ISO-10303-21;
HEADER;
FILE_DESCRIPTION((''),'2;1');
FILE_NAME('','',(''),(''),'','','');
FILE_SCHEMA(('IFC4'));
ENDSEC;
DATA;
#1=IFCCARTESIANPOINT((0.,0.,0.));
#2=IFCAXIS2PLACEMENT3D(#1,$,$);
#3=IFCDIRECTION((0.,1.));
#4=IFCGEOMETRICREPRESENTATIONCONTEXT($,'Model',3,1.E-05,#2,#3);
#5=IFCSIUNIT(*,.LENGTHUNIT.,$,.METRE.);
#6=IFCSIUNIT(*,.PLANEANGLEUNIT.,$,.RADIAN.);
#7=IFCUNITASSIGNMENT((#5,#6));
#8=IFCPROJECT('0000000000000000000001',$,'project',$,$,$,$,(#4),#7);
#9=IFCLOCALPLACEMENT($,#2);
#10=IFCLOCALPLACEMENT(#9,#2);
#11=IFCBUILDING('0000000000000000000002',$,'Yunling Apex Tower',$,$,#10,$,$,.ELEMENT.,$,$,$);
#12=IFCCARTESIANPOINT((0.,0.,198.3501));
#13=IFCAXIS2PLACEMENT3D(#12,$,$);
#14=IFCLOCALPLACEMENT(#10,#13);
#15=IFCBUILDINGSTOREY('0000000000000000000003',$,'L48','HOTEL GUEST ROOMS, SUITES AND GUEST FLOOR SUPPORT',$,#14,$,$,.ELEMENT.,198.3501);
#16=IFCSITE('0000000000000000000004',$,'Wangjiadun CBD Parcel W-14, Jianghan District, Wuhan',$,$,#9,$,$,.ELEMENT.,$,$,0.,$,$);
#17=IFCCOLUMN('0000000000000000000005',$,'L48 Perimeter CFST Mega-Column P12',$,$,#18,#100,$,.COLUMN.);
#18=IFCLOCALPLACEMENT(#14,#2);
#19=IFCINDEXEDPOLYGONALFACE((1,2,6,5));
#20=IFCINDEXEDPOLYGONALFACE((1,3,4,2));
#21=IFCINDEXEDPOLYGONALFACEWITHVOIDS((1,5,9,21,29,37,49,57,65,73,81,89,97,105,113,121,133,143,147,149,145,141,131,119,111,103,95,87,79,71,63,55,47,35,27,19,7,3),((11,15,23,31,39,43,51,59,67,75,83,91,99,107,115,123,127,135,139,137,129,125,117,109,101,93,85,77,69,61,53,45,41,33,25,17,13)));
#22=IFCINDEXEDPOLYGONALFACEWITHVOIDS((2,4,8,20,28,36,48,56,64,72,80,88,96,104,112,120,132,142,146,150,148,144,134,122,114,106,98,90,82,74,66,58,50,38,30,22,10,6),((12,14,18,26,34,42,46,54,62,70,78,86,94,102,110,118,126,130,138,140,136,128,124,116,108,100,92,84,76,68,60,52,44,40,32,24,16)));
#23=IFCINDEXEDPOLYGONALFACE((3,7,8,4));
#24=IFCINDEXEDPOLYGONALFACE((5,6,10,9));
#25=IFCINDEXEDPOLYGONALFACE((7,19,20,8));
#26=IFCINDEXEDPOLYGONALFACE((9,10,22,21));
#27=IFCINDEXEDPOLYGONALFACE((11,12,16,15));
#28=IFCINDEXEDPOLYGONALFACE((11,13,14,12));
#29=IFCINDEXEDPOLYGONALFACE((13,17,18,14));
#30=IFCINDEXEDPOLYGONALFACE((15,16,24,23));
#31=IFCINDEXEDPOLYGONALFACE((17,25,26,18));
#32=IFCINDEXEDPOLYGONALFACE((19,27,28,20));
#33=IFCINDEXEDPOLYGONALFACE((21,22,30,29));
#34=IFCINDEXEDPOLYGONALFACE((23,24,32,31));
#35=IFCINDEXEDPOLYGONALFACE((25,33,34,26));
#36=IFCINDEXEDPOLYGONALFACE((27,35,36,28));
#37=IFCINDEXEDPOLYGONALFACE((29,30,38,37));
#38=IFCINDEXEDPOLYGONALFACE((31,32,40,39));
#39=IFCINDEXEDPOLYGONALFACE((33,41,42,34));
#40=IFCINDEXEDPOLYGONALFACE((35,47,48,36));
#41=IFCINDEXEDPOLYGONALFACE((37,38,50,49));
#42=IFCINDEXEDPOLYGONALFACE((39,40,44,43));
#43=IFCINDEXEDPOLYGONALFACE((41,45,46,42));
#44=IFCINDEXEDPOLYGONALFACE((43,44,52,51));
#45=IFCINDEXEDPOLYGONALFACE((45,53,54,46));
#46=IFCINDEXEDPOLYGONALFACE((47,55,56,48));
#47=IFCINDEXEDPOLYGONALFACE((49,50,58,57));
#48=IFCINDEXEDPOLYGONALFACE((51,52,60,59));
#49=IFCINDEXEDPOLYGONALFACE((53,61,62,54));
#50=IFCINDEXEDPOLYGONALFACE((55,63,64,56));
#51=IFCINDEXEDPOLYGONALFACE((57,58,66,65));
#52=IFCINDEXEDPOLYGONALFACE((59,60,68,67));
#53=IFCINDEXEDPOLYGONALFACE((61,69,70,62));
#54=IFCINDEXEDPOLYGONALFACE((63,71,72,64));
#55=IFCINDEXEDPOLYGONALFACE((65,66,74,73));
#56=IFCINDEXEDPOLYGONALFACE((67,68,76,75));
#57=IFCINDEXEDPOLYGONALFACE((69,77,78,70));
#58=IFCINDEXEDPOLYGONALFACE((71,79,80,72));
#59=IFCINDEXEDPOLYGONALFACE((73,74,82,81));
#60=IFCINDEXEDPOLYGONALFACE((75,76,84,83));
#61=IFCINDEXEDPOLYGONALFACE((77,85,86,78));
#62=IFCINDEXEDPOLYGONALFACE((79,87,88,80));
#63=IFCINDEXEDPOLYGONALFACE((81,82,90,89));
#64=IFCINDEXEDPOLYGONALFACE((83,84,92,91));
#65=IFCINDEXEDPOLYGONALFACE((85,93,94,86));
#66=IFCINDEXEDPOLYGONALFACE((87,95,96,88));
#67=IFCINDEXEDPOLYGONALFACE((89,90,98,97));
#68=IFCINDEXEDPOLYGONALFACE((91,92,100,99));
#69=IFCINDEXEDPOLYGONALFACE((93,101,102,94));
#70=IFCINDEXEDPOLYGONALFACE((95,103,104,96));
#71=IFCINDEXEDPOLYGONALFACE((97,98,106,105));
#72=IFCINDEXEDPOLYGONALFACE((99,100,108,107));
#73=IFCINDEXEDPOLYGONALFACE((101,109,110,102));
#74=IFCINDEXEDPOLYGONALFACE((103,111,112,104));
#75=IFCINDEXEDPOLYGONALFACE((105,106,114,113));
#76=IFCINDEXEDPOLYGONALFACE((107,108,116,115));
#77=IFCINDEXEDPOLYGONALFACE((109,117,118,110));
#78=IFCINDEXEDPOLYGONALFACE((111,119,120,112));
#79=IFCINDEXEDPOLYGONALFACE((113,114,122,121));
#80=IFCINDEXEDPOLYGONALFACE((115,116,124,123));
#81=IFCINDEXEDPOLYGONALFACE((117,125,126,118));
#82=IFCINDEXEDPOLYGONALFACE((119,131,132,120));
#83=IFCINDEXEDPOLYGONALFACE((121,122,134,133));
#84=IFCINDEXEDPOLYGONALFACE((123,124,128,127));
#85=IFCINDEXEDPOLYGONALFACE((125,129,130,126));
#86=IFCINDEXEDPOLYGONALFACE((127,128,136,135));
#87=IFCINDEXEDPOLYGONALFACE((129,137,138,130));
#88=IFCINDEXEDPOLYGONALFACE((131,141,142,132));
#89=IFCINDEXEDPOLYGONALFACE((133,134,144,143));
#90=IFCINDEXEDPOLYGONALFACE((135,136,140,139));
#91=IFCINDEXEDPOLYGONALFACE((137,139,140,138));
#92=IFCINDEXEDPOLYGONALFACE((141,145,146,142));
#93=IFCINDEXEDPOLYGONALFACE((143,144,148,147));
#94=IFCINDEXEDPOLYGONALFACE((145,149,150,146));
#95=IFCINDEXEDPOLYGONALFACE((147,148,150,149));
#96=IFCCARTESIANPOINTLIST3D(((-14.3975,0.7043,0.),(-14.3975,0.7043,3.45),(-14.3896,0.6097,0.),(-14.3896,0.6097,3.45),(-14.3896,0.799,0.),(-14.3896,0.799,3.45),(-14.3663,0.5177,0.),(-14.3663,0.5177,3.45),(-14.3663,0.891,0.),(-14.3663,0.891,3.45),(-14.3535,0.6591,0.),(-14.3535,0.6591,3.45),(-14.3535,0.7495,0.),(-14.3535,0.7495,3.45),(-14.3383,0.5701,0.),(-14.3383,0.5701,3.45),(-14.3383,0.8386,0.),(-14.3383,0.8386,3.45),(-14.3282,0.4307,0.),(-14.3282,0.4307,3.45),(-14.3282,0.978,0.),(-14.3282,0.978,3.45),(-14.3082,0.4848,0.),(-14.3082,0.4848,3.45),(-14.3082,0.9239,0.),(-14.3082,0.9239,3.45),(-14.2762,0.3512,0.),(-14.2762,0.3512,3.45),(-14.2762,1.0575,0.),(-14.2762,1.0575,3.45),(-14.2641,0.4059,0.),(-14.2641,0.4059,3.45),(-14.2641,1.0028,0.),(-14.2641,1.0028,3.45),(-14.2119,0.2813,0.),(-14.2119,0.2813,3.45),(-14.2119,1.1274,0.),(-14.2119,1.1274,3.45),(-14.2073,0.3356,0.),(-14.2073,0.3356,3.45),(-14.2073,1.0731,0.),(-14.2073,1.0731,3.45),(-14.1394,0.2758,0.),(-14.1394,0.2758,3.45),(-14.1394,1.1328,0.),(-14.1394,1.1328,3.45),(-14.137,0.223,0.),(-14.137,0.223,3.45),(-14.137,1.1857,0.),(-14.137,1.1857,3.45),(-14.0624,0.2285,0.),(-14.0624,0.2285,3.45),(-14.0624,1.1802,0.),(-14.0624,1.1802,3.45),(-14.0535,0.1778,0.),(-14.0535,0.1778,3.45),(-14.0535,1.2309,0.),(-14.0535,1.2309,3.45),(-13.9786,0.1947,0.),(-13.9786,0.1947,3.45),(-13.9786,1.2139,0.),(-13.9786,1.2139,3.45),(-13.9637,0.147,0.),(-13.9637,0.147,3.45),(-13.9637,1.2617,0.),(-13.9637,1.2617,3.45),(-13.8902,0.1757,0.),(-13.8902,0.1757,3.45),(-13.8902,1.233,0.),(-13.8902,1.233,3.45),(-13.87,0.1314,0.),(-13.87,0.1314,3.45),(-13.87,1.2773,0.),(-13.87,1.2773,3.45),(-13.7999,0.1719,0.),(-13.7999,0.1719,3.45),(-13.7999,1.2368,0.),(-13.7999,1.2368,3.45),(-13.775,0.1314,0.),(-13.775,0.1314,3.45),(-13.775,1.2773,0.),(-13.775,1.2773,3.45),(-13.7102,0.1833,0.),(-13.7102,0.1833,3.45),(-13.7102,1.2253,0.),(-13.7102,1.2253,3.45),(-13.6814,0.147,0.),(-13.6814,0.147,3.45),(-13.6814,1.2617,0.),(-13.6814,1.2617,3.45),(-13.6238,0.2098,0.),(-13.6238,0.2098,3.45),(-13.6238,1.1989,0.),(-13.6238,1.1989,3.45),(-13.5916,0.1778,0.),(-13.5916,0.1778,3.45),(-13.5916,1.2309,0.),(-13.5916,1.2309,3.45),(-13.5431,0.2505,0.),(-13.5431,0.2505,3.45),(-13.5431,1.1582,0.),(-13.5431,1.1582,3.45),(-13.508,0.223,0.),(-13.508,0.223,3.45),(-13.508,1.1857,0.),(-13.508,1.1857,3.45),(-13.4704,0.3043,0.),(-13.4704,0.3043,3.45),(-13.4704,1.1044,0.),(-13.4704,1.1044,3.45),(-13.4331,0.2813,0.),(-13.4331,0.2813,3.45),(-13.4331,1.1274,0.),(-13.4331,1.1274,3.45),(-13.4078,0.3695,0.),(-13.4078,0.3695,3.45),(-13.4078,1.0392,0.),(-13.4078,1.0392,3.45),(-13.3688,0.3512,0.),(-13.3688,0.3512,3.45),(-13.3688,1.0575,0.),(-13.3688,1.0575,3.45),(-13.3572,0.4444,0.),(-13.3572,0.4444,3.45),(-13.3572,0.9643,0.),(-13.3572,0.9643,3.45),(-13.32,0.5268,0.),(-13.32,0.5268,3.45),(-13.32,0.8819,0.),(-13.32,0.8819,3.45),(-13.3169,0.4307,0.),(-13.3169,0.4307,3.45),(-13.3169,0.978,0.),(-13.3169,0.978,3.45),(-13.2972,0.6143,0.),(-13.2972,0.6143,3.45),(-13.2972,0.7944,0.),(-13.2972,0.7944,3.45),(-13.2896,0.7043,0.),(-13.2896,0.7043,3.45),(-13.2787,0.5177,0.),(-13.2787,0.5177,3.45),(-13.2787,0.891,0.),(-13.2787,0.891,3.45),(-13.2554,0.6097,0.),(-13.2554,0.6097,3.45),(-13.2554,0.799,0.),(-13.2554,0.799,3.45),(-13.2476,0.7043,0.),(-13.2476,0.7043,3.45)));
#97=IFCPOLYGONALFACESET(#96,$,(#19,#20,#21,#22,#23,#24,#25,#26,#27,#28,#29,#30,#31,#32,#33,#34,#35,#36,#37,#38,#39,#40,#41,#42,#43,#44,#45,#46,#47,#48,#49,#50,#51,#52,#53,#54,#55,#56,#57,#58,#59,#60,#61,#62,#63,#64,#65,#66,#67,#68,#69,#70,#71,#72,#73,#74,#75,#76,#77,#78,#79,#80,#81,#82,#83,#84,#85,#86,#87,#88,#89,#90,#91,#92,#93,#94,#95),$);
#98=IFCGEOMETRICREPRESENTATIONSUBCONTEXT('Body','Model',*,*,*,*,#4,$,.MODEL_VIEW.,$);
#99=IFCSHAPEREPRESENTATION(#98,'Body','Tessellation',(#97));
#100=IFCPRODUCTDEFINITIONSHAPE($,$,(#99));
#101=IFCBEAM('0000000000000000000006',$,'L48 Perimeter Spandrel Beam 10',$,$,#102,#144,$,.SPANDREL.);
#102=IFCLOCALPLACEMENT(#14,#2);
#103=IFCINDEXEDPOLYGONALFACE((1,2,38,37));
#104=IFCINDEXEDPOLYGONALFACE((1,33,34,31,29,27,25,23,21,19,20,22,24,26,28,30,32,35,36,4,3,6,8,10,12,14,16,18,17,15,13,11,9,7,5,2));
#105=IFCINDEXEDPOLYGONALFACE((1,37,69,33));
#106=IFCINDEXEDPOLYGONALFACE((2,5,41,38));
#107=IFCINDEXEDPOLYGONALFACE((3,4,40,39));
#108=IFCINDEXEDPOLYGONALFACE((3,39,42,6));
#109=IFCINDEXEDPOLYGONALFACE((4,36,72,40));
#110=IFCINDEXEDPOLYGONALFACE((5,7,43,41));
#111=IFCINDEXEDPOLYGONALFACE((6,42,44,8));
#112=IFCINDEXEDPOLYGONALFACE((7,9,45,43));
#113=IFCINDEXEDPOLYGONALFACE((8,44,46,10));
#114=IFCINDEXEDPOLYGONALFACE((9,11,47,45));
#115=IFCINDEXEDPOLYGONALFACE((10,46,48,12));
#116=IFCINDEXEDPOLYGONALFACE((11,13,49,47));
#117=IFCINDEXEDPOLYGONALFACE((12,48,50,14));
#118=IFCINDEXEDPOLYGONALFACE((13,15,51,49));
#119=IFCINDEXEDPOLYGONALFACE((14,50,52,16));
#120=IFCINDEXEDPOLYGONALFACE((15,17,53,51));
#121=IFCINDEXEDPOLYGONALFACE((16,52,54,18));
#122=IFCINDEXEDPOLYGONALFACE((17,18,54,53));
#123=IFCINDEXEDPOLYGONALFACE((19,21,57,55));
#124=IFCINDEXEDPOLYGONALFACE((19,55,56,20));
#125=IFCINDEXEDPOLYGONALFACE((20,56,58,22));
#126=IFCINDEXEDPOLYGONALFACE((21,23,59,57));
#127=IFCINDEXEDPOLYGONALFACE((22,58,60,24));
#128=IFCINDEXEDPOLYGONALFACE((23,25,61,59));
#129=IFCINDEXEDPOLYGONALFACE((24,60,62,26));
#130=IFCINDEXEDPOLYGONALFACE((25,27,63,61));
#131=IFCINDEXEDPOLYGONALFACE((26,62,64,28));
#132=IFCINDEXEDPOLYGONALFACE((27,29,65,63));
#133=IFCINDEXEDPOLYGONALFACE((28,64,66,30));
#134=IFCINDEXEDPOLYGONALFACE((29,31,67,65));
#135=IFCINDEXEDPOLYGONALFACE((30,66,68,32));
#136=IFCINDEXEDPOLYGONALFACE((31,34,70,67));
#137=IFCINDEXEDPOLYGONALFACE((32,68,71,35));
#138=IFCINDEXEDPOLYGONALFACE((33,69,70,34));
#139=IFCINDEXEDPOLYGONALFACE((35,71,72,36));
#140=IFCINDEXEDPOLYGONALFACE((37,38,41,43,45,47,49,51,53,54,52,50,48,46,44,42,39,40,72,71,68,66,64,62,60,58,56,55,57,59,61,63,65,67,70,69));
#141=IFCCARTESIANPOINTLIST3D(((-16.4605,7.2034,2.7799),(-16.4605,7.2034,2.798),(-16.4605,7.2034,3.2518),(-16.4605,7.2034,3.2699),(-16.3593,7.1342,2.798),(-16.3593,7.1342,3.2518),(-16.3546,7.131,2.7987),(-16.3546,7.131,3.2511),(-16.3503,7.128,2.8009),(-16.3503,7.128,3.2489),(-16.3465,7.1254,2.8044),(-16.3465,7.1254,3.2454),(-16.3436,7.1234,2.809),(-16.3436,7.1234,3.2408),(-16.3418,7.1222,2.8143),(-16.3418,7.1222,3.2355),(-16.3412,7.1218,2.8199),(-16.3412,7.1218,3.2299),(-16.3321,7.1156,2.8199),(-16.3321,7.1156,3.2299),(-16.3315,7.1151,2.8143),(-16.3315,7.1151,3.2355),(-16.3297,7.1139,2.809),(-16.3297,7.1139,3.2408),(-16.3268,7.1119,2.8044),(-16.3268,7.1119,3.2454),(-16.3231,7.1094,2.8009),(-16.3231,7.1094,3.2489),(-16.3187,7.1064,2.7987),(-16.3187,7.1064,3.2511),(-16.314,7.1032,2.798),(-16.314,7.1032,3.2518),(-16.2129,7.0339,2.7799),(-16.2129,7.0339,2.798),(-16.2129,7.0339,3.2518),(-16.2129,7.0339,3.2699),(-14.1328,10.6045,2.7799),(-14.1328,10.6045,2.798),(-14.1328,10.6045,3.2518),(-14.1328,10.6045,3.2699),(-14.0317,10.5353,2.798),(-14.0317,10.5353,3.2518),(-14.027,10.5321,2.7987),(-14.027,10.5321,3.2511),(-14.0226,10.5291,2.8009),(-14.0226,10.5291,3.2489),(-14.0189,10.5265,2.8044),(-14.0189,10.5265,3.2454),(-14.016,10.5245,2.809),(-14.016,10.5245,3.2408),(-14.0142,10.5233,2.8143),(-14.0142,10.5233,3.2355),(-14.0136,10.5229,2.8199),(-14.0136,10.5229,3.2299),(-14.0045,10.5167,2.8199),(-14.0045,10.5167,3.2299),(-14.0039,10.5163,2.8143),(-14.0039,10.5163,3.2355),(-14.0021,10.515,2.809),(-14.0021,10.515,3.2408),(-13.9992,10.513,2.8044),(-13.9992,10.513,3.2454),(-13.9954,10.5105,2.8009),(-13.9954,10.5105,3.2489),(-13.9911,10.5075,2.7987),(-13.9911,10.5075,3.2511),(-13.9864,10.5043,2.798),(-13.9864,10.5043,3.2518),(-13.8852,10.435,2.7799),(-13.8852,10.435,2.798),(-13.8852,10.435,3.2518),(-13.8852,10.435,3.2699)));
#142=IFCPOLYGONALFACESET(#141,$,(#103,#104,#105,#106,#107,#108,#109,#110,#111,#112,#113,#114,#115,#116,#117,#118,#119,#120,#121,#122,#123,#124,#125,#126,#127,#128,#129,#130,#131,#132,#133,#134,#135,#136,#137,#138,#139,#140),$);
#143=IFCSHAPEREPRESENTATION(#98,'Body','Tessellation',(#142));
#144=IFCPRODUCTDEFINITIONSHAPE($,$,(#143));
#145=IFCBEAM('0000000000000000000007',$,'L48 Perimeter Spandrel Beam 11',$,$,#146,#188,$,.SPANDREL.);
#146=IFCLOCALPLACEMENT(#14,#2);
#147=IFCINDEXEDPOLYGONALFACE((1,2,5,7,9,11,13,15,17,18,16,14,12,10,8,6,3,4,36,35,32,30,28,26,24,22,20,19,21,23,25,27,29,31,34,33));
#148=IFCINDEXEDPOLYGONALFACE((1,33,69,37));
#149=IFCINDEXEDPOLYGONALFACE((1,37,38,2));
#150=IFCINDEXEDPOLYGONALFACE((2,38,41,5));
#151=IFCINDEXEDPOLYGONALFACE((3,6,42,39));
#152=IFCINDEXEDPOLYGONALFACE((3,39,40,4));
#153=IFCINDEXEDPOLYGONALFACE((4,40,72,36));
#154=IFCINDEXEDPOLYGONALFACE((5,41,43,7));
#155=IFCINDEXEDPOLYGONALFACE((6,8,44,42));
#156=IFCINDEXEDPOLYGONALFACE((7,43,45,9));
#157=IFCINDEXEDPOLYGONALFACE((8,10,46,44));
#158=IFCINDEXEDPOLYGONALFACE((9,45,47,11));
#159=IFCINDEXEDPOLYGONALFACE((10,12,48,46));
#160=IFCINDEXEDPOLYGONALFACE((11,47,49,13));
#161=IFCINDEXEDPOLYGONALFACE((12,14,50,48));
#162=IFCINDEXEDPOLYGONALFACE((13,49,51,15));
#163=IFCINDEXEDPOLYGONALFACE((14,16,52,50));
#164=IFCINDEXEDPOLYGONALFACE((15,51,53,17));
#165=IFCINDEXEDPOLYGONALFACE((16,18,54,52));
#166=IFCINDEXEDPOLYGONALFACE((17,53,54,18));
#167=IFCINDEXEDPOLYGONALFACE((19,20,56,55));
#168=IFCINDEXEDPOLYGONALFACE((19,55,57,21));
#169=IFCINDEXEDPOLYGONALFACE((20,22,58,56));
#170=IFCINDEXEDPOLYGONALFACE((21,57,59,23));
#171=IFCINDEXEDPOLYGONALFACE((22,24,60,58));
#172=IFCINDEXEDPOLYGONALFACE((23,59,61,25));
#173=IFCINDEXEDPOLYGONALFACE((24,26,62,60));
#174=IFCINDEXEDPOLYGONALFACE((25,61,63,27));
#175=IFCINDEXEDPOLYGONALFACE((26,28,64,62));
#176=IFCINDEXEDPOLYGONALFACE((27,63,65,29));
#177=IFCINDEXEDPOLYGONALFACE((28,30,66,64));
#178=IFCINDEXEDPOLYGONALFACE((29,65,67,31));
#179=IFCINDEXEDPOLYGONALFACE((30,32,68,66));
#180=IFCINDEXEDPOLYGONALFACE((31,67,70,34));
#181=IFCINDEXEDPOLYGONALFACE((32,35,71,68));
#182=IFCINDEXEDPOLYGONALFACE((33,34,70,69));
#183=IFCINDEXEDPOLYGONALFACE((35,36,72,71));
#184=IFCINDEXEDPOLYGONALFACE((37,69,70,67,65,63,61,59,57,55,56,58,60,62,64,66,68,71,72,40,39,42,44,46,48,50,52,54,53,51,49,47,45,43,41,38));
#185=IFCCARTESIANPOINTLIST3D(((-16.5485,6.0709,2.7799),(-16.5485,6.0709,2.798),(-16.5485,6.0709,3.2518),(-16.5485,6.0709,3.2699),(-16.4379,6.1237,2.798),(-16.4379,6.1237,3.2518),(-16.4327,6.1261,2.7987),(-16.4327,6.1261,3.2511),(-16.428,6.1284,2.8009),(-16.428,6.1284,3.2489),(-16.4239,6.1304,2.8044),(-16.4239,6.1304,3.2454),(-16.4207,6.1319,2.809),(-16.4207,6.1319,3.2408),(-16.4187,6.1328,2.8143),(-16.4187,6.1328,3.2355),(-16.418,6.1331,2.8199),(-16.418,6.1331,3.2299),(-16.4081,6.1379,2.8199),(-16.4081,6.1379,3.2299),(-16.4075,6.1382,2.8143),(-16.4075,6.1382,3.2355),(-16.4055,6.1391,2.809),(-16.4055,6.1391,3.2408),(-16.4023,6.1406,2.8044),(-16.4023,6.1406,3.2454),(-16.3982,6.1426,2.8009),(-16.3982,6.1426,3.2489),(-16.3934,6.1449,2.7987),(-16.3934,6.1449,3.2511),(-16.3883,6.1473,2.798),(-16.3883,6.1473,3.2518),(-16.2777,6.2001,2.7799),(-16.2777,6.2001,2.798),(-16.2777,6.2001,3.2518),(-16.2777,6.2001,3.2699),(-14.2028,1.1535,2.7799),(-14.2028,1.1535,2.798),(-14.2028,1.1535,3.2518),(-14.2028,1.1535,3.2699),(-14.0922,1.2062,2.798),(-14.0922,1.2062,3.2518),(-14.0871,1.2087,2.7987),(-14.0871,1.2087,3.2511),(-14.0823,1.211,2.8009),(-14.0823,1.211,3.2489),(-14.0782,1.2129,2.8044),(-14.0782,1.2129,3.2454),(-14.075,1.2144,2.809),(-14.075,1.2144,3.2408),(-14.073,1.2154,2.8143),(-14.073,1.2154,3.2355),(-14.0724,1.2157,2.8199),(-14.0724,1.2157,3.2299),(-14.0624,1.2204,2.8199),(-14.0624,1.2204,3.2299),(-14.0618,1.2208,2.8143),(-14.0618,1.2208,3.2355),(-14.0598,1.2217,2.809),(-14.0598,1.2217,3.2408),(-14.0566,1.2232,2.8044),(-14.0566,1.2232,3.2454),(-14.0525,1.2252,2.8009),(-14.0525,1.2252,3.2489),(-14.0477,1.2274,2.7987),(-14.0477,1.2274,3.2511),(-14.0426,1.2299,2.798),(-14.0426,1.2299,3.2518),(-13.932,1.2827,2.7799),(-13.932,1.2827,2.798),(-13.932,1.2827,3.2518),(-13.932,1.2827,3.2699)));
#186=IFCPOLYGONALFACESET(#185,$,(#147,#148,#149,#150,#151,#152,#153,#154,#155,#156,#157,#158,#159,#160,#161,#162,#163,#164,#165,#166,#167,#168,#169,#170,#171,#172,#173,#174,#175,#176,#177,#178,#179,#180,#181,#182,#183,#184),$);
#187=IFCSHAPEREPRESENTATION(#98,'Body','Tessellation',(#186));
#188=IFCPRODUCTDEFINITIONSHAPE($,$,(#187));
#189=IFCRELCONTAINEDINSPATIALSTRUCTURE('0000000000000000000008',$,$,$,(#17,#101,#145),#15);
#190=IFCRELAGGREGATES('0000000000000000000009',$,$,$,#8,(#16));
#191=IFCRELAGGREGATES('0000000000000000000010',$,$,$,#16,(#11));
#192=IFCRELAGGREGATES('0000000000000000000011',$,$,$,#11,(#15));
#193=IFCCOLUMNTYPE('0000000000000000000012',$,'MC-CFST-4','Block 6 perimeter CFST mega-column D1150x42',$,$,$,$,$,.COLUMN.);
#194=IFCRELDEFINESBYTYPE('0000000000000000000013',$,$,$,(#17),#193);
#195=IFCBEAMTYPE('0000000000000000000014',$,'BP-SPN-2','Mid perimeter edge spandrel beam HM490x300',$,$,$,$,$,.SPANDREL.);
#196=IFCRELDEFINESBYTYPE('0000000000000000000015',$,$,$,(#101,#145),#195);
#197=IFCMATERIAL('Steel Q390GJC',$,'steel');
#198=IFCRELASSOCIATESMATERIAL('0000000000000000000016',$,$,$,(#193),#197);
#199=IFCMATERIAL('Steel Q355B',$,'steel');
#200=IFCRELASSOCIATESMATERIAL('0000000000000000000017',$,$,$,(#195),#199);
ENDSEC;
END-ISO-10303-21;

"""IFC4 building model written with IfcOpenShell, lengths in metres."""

from ifc_helpers import new_model, si_unit, direction, frame, origin, origin_2d, place, context, subcontext, project, spatial, hollow_circle, i_section, extrude, source, transform, mapped, material, material_profile, profile_set, type_object, element, save


model = new_model("IFC4")

# Units and contexts
model_context = context("Model", 3, precision=1e-05, world=origin(), true_north=direction((0.0, 1.0)))
body_context = subcontext(model_context, "Body", "Model", "MODEL_VIEW")
ifc_project = project(units=[si_unit("LENGTHUNIT", "METRE"), si_unit("PLANEANGLEUNIT", "RADIAN")], contexts=[model_context])

# Site, building, storey
site_placement = place(None, origin())
site = spatial("IfcSite", under=ifc_project, at=site_placement, Name="Wangjiadun CBD Parcel W-14, Jianghan District, Wuhan", CompositionType="ELEMENT", RefElevation=0.0)
building_placement = place(site_placement, origin())
building = spatial("IfcBuilding", under=site, at=building_placement, Name="Yunling Apex Tower", CompositionType="ELEMENT")
storey_placement = place(building_placement, frame((0.0, 0.0, 198.3501)))
storey = spatial("IfcBuildingStorey", under=building, at=storey_placement, Name="L48", Description="HOTEL GUEST ROOMS, SUITES AND GUEST FLOOR SUPPORT", CompositionType="ELEMENT", Elevation=198.3501)

# Column
ifc_material_1 = material(Name="Steel Q390GJC", Category="steel")
ifc_material_profile_1 = material_profile(ifc_material_1, hollow_circle(Radius=0.575, WallThickness=0.042, at=origin_2d()))
ifc_profile_set_1 = profile_set([ifc_material_profile_1], Name="Steel Q390GJC")
column_type = type_object("IfcColumnType", Name="MC-CFST-4", Description="Block 6 perimeter CFST mega-column D1150x42", PredefinedType="COLUMN", material=ifc_profile_set_1)
shared_shape_1 = source(origin(), body_context, "Body", "SweptSolid", [
    extrude(hollow_circle(Radius=0.575, WallThickness=0.042, at=origin_2d()), origin(), (0.0, 0.0, 1.0), 3.45),
])
for number, where, z_axis, x_axis, name in (
    (1, (-13.8225, 0.7043, 0.0), (0.0, 0.0, 1.0), (1.0, 0.0, 0.0), "L48 Perimeter CFST Mega-Column P12"),
):
    element("IfcColumn", number, at=place(storey_placement, frame(where, z_axis=z_axis, x_axis=x_axis)), inside=storey, type_object=column_type, Name=name, PredefinedType="COLUMN", context=body_context, shape_type="MappedRepresentation", body=[
        mapped(shared_shape_1, transform((0.0, 0.0, 0.0), scale=1.0)),
    ])

# Beams
ifc_material_2 = material(Name="Steel Q355B", Category="steel")
ifc_material_profile_2 = material_profile(ifc_material_2, i_section(OverallWidth=0.3, OverallDepth=0.49, WebThickness=0.011, FlangeThickness=0.0181, FilletRadius=0.022, at=origin_2d()))
ifc_profile_set_2 = profile_set([ifc_material_profile_2], Name="Steel Q355B")
beam_type_1 = type_object("IfcBeamType", Name="BP-SPN-2", Description="Mid perimeter edge spandrel beam HM490x300", PredefinedType="SPANDREL", material=ifc_profile_set_2)
shared_shape_2 = source(origin(), body_context, "Body", "SweptSolid", [
    extrude(i_section(OverallWidth=0.3, OverallDepth=0.49, WebThickness=0.011, FlangeThickness=0.0181, FilletRadius=0.022, at=origin_2d()), origin(), (0.0, 0.0, 1.0), 4.1213),
])
beam_1_placement = place(storey_placement, frame((-14.009, 10.5198, 3.0249), z_axis=(-0.564775, -0.825245, 0.0), x_axis=(0.825245, -0.564775, 0.0)))
element("IfcBeam", 2, at=beam_1_placement, inside=storey, type_object=beam_type_1, Name="L48 Perimeter Spandrel Beam 10", PredefinedType="SPANDREL", context=body_context, shape_type="MappedRepresentation", body=[
    mapped(shared_shape_2, transform((0.0, 0.0, 0.0), scale=1.0)),
])
shared_shape_3 = source(origin(), body_context, "Body", "SweptSolid", [
    extrude(i_section(OverallWidth=0.3, OverallDepth=0.49, WebThickness=0.011, FlangeThickness=0.0181, FilletRadius=0.022, at=origin_2d()), origin(), (0.0, 0.0, 1.0), 5.4482),
])
beam_2_placement = place(storey_placement, frame((-16.4131, 6.1355, 3.0249), z_axis=(0.430539, -0.902572, 0.0), x_axis=(0.902572, 0.430539, 0.0)))
element("IfcBeam", 3, at=beam_2_placement, inside=storey, type_object=beam_type_1, Name="L48 Perimeter Spandrel Beam 11", PredefinedType="SPANDREL", context=body_context, shape_type="MappedRepresentation", body=[
    mapped(shared_shape_3, transform((0.0, 0.0, 0.0), scale=1.0)),
])

save(model, "model.ifc")
